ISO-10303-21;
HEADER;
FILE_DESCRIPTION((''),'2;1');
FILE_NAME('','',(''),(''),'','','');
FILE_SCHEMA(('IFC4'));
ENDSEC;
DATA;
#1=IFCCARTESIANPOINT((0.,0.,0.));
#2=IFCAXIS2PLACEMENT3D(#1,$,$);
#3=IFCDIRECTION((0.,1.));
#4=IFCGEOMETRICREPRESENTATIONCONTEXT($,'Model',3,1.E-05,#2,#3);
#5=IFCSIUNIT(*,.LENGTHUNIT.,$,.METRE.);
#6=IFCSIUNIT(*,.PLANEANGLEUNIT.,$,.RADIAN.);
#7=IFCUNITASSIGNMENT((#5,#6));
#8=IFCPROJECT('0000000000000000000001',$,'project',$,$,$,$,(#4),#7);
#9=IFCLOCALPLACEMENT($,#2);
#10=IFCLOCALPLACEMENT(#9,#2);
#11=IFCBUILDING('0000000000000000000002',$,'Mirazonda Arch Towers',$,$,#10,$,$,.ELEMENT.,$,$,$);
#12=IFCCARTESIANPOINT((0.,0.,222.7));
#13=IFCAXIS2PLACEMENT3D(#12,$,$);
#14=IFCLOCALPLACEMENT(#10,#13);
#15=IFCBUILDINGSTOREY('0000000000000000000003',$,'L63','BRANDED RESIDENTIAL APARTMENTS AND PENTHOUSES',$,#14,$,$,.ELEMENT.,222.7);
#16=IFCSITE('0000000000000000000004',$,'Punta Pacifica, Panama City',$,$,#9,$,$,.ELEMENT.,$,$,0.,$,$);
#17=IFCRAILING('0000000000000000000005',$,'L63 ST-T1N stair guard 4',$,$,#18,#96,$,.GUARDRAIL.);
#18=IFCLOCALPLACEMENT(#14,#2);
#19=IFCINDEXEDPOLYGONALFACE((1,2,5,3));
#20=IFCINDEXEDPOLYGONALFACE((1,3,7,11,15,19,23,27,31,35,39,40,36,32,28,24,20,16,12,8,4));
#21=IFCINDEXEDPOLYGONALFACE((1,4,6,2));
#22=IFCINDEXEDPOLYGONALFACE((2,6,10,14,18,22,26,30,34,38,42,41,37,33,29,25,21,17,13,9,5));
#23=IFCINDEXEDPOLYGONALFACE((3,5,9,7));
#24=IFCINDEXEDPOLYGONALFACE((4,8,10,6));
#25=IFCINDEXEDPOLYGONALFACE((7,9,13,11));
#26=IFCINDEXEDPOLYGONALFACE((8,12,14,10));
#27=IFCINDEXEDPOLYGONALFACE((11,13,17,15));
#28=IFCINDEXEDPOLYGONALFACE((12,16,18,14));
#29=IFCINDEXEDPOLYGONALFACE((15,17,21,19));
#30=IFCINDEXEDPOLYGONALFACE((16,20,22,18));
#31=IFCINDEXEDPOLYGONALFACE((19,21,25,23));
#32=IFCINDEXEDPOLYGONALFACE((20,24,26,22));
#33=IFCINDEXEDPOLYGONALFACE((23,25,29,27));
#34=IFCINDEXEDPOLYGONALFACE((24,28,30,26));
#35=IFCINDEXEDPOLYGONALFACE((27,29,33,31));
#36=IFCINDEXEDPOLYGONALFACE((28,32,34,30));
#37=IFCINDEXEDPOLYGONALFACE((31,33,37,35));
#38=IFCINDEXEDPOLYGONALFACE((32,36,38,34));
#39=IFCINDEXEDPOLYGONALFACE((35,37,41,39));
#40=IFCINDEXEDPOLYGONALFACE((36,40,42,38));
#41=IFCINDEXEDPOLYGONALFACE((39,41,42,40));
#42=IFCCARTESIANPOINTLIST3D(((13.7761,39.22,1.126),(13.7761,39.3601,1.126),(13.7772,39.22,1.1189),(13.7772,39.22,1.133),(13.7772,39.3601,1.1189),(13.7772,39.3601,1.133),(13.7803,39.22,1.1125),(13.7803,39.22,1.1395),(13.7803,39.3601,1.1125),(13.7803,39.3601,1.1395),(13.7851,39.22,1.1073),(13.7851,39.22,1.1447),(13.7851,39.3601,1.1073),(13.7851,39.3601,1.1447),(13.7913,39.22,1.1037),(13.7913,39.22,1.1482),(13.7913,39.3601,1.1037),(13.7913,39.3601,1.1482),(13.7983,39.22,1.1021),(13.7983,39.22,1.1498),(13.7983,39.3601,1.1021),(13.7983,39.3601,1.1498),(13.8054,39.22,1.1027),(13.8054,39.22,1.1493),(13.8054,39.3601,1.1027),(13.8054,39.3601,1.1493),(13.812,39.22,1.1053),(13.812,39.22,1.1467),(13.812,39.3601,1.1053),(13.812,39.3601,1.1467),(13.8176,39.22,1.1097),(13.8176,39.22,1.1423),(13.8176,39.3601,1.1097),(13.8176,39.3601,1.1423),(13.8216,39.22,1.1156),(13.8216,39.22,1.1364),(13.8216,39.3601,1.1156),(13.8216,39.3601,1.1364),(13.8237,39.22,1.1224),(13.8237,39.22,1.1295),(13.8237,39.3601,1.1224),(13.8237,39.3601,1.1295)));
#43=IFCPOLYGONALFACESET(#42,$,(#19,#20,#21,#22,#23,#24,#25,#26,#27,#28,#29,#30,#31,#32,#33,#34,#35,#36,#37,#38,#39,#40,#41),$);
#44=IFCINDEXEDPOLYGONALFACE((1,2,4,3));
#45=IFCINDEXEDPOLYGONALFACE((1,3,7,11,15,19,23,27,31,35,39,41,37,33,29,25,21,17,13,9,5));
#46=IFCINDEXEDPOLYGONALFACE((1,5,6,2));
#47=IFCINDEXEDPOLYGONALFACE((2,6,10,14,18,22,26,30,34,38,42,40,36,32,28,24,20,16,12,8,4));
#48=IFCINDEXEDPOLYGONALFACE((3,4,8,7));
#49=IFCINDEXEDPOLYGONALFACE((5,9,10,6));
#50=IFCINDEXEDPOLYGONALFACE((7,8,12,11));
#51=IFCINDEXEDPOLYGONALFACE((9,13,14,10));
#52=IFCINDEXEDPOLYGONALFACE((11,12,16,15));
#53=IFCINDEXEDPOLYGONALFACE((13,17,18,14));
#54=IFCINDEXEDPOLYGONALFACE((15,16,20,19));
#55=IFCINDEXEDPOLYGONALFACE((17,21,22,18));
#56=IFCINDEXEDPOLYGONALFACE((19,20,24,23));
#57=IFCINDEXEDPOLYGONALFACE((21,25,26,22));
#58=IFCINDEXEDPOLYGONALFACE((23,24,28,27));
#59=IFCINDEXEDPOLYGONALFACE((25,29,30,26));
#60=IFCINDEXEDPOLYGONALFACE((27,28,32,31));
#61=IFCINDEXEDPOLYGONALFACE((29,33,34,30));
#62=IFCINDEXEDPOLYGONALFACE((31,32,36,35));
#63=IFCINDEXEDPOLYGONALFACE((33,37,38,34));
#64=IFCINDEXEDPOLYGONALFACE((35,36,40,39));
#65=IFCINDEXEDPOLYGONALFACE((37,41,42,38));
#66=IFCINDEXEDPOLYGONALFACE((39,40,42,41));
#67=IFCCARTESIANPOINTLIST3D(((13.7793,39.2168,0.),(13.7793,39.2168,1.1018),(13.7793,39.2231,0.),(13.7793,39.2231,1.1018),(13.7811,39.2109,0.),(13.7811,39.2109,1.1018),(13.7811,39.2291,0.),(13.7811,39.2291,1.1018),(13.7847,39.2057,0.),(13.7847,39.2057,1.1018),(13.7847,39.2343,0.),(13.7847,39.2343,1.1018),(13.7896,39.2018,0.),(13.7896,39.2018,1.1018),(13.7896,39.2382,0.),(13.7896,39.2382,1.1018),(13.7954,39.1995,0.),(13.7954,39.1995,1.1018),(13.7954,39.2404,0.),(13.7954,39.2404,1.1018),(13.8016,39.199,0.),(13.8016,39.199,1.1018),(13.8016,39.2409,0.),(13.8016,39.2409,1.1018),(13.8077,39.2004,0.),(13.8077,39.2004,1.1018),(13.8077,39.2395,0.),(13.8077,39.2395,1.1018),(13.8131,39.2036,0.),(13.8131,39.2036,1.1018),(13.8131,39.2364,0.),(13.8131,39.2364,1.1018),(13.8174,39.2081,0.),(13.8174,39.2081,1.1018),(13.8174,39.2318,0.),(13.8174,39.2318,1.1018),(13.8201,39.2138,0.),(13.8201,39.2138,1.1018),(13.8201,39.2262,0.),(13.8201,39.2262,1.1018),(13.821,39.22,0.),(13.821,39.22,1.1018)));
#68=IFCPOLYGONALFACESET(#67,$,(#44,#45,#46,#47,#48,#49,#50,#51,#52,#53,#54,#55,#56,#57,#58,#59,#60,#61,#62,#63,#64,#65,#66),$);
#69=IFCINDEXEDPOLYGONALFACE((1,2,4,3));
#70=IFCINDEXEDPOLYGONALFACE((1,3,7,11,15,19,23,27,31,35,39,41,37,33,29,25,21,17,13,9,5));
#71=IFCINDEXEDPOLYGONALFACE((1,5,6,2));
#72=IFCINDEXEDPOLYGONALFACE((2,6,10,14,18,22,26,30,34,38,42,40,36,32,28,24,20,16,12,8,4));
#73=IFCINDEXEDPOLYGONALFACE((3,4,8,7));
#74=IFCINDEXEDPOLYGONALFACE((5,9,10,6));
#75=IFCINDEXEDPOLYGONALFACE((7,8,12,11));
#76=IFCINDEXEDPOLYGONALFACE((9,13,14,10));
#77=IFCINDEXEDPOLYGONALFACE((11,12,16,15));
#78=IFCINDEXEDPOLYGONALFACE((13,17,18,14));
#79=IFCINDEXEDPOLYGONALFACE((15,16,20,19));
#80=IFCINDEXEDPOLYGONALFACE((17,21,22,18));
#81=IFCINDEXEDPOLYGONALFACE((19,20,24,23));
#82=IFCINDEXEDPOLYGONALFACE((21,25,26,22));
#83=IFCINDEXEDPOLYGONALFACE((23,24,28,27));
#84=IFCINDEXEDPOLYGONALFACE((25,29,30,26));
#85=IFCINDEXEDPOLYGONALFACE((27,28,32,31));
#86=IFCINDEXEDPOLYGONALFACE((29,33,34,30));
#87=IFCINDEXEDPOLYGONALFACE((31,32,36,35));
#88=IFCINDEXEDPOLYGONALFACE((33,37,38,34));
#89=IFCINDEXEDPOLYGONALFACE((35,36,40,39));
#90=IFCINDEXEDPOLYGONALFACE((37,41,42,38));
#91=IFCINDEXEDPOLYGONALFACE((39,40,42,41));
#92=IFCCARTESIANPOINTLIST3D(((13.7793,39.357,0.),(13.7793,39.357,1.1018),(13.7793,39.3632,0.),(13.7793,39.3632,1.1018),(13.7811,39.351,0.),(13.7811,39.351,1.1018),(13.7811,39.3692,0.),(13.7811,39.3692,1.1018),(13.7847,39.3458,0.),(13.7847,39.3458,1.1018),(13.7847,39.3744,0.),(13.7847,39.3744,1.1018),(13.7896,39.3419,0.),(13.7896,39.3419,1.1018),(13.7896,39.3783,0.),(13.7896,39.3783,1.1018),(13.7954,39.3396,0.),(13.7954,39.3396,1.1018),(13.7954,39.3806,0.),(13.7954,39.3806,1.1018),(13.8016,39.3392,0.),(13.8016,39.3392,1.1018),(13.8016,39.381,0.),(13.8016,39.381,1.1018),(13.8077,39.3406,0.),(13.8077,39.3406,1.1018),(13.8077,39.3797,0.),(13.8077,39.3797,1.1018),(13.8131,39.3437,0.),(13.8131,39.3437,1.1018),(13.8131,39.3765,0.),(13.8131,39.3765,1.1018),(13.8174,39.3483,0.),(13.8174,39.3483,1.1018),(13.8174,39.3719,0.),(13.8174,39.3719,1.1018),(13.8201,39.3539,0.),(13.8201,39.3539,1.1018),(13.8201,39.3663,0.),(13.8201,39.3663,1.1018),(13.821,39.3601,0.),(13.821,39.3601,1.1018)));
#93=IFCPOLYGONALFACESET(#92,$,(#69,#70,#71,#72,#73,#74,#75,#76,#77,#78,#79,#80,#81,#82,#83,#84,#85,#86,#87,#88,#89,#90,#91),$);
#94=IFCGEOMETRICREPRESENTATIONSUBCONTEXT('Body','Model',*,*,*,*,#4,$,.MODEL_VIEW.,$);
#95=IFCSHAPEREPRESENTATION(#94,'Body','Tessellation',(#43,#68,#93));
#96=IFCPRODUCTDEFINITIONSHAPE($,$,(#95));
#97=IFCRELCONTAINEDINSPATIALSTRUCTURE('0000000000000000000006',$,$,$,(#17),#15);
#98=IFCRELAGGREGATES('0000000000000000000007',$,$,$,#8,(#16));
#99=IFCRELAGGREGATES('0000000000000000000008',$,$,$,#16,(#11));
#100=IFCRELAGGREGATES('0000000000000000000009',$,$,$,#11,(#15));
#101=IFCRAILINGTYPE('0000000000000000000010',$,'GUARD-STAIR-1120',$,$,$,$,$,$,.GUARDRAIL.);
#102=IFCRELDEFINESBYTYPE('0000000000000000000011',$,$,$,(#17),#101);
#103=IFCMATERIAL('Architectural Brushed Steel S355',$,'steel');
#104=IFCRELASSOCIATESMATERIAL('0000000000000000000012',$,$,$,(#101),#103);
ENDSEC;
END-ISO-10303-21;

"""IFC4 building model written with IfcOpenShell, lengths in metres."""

from ifc_helpers import new_model, si_unit, direction, frame, origin, origin_2d, place, context, subcontext, project, spatial, circle, extrude, material, type_object, element, save


model = new_model("IFC4")

# Units and contexts
model_context = context("Model", 3, precision=1e-05, world=origin(), true_north=direction((0.0, 1.0)))
body_context = subcontext(model_context, "Body", "Model", "MODEL_VIEW")
ifc_project = project(units=[si_unit("LENGTHUNIT", "METRE"), si_unit("PLANEANGLEUNIT", "RADIAN")], contexts=[model_context])

# Site, building, storey
site_placement = place(None, origin())
site = spatial("IfcSite", under=ifc_project, at=site_placement, Name="Punta Pacifica, Panama City", CompositionType="ELEMENT", RefElevation=0.0)
building_placement = place(site_placement, origin())
building = spatial("IfcBuilding", under=site, at=building_placement, Name="Mirazonda Arch Towers", CompositionType="ELEMENT")
storey_placement = place(building_placement, frame((0.0, 0.0, 222.7)))
storey = spatial("IfcBuildingStorey", under=building, at=storey_placement, Name="L63", Description="BRANDED RESIDENTIAL APARTMENTS AND PENTHOUSES", CompositionType="ELEMENT", Elevation=222.7)

# Shared definitions
ifc_material_1 = material(Name="Architectural Brushed Steel S355", Category="steel")

# Railing
railing_type_1 = type_object("IfcRailingType", Name="GUARD-STAIR-1120", PredefinedType="GUARDRAIL", material=ifc_material_1)
railing_1_placement = place(storey_placement, frame((13.8, 39.22, 0.0)))
element("IfcRailing", 1, at=railing_1_placement, inside=storey, type_object=railing_type_1, Name="L63 ST-T1N stair guard 4", PredefinedType="GUARDRAIL", context=body_context, shape_type="SweptSolid", body=[
    extrude(circle(Radius=0.0239, at=origin_2d()), frame((0.0, 0.0, 1.126), z_axis=(0.0, 1.0, 0.0), x_axis=(-1.0, 0.0, 0.0)), (0.0, 0.0, 1.0), 0.1401),
    extrude(circle(Radius=0.021, at=origin_2d()), origin(), (0.0, 0.0, 1.0), 1.1018),
    extrude(circle(Radius=0.021, at=origin_2d()), frame((0.0, 0.1401, 0.0)), (0.0, 0.0, 1.0), 1.1018),
])

save(model, "model.ifc")
